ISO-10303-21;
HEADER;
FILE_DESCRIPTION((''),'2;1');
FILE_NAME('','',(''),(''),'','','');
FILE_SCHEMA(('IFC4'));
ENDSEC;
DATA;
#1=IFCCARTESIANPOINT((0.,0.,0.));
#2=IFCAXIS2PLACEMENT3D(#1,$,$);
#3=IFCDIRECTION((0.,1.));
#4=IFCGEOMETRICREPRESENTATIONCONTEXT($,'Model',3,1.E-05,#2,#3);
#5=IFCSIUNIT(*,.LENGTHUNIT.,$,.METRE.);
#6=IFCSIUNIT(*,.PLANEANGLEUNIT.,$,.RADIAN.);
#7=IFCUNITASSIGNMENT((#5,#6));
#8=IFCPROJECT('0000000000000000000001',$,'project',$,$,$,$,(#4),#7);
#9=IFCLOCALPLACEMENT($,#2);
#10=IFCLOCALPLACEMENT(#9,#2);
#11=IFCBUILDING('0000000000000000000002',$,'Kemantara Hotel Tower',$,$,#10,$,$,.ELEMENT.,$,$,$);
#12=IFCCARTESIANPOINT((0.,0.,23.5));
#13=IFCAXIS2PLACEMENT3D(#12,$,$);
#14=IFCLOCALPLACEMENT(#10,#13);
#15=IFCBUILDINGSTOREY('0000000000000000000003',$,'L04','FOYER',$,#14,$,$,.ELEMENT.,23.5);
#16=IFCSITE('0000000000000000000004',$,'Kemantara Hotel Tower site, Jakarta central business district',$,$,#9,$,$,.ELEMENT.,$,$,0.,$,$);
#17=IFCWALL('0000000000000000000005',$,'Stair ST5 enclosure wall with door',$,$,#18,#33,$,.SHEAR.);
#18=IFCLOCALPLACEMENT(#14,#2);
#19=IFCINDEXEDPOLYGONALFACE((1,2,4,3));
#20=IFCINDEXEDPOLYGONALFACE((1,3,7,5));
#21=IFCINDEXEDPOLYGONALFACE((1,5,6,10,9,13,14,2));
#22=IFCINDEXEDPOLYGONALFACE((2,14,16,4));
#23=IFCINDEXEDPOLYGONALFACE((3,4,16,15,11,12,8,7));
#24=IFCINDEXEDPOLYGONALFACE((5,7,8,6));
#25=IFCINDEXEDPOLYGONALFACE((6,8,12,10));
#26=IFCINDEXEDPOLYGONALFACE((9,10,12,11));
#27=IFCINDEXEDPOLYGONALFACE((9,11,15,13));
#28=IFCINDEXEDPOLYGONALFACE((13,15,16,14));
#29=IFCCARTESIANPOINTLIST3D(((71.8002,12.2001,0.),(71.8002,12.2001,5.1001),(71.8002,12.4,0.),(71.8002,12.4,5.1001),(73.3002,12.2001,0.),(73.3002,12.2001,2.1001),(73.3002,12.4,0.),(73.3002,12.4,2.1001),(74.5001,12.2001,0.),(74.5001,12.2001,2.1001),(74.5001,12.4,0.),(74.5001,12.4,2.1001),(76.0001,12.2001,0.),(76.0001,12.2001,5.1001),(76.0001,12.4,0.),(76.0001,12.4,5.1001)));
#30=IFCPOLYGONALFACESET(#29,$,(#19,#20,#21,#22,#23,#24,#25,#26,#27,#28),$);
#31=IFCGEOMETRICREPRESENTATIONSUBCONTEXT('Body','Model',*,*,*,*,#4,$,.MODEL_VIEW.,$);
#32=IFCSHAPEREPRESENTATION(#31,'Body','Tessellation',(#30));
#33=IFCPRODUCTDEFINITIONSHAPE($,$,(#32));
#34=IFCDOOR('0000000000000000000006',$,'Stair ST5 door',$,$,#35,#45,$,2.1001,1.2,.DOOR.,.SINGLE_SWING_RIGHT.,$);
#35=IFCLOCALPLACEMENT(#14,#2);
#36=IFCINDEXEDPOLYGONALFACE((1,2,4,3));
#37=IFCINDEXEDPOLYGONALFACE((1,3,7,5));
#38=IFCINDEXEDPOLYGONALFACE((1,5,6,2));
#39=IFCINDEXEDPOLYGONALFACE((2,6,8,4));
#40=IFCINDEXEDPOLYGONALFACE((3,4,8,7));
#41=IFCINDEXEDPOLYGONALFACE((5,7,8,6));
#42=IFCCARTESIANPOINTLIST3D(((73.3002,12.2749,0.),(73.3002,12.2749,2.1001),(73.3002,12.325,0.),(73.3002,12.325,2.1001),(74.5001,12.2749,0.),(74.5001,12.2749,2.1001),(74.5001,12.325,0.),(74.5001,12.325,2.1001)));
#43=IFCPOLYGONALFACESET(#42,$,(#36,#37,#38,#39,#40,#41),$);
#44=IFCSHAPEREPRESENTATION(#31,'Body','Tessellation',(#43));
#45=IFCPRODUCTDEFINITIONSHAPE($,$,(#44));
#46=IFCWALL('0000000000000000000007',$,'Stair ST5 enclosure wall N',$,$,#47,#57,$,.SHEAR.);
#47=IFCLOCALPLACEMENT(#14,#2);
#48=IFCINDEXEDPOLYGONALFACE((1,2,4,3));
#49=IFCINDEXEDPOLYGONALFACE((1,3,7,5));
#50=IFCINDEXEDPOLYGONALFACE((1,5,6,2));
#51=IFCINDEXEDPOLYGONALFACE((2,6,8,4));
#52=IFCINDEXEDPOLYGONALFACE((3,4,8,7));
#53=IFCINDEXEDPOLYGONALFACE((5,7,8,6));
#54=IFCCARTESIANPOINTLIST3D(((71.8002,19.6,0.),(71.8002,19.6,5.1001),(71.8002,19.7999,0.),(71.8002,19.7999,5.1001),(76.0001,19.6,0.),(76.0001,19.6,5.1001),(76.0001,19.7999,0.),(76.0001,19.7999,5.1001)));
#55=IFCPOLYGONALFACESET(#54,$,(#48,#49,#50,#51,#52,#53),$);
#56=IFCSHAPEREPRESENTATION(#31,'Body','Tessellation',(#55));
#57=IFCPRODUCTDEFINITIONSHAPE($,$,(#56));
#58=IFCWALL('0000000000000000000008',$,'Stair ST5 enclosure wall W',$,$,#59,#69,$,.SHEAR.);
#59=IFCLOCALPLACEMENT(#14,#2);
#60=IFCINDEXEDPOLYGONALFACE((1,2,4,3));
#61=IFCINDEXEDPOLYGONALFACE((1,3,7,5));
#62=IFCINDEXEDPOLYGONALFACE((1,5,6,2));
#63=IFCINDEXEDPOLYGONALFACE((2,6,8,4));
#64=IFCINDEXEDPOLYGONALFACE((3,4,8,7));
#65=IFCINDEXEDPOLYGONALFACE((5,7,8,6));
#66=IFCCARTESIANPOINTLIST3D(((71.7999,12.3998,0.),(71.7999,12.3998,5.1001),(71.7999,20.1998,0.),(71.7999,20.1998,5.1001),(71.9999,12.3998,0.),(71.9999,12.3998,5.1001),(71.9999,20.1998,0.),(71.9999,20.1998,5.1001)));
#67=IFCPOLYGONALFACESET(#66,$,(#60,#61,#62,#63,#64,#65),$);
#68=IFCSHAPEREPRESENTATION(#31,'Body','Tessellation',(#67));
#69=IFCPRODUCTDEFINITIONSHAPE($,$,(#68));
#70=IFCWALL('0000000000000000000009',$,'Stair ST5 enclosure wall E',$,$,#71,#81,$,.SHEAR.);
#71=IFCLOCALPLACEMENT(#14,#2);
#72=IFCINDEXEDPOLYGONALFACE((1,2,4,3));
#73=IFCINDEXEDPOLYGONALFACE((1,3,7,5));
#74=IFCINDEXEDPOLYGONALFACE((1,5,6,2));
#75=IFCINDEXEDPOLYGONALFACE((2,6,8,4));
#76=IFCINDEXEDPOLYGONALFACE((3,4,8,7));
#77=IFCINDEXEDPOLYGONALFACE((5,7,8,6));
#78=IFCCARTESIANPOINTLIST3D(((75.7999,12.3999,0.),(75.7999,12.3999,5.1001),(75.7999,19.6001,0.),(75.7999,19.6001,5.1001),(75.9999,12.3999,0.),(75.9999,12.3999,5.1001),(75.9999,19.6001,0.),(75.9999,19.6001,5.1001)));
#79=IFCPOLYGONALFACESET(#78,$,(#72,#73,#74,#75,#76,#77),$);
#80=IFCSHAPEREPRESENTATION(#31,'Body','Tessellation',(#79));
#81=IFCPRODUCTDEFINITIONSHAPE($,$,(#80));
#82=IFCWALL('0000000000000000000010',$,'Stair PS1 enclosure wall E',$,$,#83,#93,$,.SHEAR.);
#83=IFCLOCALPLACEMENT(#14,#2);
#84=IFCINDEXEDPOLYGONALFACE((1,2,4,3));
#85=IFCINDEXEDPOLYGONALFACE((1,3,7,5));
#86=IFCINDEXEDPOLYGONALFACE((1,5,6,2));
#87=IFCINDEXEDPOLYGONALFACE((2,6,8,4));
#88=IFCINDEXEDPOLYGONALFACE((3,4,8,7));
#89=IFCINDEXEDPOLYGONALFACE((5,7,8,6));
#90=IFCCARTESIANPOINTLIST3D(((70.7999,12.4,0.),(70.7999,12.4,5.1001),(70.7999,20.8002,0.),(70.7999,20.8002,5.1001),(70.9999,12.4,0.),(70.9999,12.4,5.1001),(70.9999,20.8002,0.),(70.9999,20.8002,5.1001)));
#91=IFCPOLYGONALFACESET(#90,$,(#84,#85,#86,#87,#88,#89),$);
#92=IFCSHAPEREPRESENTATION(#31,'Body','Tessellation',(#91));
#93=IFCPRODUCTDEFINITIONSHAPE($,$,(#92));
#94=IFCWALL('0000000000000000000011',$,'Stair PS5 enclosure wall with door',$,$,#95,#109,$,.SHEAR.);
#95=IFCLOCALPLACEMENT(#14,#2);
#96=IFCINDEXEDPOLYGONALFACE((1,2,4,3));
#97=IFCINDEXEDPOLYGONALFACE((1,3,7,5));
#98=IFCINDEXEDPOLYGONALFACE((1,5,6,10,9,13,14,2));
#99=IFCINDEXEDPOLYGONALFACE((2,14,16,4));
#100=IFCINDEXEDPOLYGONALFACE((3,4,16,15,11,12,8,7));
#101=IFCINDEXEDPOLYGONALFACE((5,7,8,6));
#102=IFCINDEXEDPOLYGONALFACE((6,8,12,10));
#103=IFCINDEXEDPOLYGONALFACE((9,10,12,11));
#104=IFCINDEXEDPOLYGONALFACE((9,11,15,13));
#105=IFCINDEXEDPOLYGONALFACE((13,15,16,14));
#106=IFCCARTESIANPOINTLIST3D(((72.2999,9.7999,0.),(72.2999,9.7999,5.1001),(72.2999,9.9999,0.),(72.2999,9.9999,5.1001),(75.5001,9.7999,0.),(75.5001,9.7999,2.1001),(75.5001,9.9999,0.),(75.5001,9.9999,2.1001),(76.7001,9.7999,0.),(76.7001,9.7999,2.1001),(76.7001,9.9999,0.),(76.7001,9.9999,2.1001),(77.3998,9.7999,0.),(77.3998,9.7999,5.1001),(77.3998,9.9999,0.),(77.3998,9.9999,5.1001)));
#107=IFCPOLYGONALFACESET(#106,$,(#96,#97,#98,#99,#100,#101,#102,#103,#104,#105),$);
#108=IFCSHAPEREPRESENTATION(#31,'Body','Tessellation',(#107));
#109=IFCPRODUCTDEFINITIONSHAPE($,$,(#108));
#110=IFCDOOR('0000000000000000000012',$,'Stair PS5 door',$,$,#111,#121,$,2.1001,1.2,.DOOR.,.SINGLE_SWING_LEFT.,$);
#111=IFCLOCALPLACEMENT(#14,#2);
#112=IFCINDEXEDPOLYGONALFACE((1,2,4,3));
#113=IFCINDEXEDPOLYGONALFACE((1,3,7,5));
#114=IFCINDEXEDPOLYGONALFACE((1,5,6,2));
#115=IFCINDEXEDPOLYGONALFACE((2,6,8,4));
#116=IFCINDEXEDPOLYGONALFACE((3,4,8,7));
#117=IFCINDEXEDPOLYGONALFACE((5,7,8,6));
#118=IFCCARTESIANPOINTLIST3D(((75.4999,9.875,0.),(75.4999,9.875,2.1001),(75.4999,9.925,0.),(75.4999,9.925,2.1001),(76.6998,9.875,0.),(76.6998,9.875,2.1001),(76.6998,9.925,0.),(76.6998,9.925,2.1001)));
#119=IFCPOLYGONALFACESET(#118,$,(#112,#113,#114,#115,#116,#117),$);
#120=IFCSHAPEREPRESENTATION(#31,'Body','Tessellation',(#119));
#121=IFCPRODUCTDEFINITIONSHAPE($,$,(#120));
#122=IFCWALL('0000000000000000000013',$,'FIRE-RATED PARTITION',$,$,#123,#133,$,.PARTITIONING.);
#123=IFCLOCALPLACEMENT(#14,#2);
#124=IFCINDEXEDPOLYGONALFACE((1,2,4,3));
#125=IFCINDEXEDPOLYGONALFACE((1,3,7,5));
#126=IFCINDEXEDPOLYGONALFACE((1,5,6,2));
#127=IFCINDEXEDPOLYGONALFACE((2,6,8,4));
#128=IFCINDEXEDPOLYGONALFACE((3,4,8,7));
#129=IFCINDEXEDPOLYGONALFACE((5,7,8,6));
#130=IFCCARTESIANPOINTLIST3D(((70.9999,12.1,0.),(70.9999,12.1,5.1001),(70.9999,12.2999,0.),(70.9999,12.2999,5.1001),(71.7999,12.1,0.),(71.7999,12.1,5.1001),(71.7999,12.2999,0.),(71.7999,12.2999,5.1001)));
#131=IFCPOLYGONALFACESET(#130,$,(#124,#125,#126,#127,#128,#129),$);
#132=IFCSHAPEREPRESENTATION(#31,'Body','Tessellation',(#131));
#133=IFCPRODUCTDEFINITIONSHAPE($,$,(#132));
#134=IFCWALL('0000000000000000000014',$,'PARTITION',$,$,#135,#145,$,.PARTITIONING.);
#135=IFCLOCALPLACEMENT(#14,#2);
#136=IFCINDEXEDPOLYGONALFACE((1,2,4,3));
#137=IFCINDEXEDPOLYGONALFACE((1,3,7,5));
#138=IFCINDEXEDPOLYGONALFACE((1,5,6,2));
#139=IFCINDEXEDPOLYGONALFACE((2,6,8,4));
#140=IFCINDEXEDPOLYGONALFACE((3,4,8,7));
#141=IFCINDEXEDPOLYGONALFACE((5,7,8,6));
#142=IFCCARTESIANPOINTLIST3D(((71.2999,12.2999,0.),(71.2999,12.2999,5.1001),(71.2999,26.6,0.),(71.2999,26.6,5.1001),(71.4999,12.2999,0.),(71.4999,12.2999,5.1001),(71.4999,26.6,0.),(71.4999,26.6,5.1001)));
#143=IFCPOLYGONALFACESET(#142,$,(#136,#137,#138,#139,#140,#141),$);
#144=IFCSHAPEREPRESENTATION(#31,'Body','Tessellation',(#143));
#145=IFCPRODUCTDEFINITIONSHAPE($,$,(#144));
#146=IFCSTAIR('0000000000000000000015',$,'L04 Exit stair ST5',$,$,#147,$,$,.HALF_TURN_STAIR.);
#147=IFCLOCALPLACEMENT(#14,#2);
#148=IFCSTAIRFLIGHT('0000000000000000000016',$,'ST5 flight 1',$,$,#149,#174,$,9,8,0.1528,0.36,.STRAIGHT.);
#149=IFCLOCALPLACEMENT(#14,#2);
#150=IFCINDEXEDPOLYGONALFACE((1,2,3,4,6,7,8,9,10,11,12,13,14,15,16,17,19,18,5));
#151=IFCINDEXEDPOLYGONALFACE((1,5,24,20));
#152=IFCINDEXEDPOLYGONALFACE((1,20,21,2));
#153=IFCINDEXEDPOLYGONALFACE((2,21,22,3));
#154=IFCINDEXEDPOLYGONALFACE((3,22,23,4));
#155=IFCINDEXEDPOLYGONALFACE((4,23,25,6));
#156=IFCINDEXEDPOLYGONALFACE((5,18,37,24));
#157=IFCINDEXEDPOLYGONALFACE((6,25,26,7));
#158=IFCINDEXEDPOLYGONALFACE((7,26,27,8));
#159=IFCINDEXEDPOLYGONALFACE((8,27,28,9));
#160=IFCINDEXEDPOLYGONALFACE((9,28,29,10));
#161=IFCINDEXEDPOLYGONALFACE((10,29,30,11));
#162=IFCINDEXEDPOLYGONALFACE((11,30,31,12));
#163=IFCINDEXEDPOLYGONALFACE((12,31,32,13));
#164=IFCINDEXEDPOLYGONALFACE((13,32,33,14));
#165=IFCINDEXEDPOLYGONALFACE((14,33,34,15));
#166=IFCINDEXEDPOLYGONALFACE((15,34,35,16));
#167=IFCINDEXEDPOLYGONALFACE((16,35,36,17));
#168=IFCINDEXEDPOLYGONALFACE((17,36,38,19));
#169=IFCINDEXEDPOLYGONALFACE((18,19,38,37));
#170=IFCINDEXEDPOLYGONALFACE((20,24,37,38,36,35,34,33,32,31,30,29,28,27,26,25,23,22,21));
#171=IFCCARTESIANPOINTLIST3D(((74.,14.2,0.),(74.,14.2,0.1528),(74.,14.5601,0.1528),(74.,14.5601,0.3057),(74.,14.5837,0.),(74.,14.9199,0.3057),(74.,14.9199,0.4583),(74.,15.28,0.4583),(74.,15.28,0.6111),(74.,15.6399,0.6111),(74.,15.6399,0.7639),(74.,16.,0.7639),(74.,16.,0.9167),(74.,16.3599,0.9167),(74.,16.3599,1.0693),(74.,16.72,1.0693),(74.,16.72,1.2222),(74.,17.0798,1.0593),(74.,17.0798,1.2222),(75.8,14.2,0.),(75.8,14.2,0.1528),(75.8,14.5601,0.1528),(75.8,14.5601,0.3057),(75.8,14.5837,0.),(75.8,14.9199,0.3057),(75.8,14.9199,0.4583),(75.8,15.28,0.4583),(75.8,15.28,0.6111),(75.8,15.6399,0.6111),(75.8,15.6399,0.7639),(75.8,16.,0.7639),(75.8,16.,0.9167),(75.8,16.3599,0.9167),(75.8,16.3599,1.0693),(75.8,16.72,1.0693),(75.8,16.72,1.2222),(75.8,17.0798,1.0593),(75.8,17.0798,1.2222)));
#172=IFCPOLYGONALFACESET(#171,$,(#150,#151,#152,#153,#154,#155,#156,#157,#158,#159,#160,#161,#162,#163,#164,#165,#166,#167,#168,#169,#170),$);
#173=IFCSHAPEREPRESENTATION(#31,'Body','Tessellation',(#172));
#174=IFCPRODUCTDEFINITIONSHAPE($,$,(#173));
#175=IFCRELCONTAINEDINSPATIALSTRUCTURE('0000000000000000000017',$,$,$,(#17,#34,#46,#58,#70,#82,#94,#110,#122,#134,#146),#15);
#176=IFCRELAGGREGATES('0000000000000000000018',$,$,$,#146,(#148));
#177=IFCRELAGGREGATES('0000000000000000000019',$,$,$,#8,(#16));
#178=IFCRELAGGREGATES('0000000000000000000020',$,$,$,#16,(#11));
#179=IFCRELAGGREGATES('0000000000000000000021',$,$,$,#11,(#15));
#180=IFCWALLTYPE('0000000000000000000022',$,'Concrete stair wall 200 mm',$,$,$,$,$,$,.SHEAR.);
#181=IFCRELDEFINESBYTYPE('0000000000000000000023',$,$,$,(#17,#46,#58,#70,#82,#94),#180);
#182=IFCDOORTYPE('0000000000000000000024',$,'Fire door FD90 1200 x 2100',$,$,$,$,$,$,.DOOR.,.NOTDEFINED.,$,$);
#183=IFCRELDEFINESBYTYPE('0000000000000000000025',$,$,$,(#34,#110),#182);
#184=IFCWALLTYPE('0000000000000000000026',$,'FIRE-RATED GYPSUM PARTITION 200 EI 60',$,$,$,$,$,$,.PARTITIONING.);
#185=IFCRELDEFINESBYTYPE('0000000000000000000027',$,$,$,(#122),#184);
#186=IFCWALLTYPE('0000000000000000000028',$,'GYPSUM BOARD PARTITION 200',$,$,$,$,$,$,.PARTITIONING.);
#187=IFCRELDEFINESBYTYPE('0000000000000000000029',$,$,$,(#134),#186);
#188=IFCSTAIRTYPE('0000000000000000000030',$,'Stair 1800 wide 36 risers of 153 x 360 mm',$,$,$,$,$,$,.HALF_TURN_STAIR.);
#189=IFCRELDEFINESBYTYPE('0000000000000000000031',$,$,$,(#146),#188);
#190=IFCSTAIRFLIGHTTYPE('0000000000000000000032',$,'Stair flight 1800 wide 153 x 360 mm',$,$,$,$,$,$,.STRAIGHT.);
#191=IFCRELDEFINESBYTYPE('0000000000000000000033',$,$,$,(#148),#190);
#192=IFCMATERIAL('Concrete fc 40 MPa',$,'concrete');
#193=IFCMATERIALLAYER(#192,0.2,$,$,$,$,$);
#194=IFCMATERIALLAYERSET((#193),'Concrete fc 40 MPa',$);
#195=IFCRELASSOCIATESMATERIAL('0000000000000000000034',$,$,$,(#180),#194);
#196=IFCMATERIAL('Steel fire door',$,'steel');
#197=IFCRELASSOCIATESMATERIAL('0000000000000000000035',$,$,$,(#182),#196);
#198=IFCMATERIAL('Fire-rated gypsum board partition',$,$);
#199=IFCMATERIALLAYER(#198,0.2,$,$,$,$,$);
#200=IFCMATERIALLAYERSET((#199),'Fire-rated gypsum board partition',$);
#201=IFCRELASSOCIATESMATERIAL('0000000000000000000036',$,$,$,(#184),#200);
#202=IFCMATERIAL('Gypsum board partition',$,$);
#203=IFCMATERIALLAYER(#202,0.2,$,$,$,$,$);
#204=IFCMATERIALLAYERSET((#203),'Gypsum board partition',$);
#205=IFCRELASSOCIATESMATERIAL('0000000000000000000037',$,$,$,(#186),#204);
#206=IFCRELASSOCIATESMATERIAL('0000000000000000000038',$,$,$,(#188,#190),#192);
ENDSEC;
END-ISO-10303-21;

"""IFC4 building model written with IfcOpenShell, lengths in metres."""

from ifc_helpers import new_model, si_unit, direction, frame, frame_2d, origin, place, context, subcontext, project, spatial, polyline, rectangle, outline, extrude, material, layer, layer_set, type_object, element, fill, aggregate, save


model = new_model("IFC4")

# Units and contexts
model_context = context("Model", 3, precision=1e-05, world=origin(), true_north=direction((0.0, 1.0)))
body_context = subcontext(model_context, "Body", "Model", "MODEL_VIEW")
ifc_project = project(units=[si_unit("LENGTHUNIT", "METRE"), si_unit("PLANEANGLEUNIT", "RADIAN")], contexts=[model_context])

# Site, building, storey
site_placement = place(None, origin())
site = spatial("IfcSite", under=ifc_project, at=site_placement, Name="Kemantara Hotel Tower site, Jakarta central business district", CompositionType="ELEMENT", RefElevation=0.0)
building_placement = place(site_placement, origin())
building = spatial("IfcBuilding", under=site, at=building_placement, Name="Kemantara Hotel Tower", CompositionType="ELEMENT")
storey_placement = place(building_placement, frame((0.0, 0.0, 23.5)))
storey = spatial("IfcBuildingStorey", under=building, at=storey_placement, Name="L04", Description="FOYER", CompositionType="ELEMENT", Elevation=23.5)

# Wall, opening, door
ifc_material_1 = material(Name="Concrete fc 40 MPa", Category="concrete")
ifc_layer_1 = layer(ifc_material_1, 0.2)
ifc_layer_set_1 = layer_set([ifc_layer_1], Name="Concrete fc 40 MPa")
wall_type_1 = type_object("IfcWallType", Name="Concrete stair wall 200 mm", PredefinedType="SHEAR", material=ifc_layer_set_1)
wall_1_placement = place(storey_placement, frame((71.8, 12.3, 0.0), z_axis=(0.0, 0.0, 1.0), x_axis=(1.0, 0.0, 0.0)))
wall_1 = element("IfcWall", 1, at=wall_1_placement, inside=storey, type_object=wall_type_1, Name="Stair ST5 enclosure wall with door", PredefinedType="SHEAR", context=body_context, shape_type="SweptSolid", body=[
    extrude(rectangle(XDim=4.2, YDim=0.2, at=frame_2d((2.1001, 0.0))), origin(), (0.0, 0.0, 1.0), 5.1001),
])
opening_1_placement = place(wall_1_placement, frame((1.5, 0.0, 0.0)))
opening_1 = element("IfcOpeningElement", 2, at=opening_1_placement, cuts=wall_1, PredefinedType="OPENING", context=body_context, shape_type="SweptSolid", body=[
    extrude(rectangle(XDim=1.2, YDim=2.1001, at=frame_2d((0.6001, 1.05))), frame((0.0, 0.1099, 0.0), z_axis=(0.0, -1.0, 0.0), x_axis=(1.0, 0.0, 0.0)), (0.0, 0.0, 1.0), 0.22),
])
ifc_material_2 = material(Name="Steel fire door", Category="steel")
door_type_1 = type_object("IfcDoorType", Name="Fire door FD90 1200 x 2100", OperationType="NOTDEFINED", PredefinedType="DOOR", material=ifc_material_2)
door_1_placement = place(opening_1_placement, origin())
door_1 = element("IfcDoor", 3, at=door_1_placement, inside=storey, type_object=door_type_1, Name="Stair ST5 door", OperationType="SINGLE_SWING_RIGHT", OverallHeight=2.1001, OverallWidth=1.2, PredefinedType="DOOR", context=body_context, shape_type="SweptSolid", body=[
    extrude(rectangle(XDim=1.2, YDim=2.1001, at=frame_2d((0.6001, 1.05))), frame((0.0, 0.0249, 0.0), z_axis=(0.0, -1.0, 0.0), x_axis=(1.0, 0.0, 0.0)), (0.0, 0.0, 1.0), 0.05),
])
fill(opening_1, door_1)

# Walls
wall_2_placement = place(storey_placement, frame((71.8, 19.7, 0.0), z_axis=(0.0, 0.0, 1.0), x_axis=(1.0, 0.0, 0.0)))
element("IfcWall", 4, at=wall_2_placement, inside=storey, type_object=wall_type_1, Name="Stair ST5 enclosure wall N", PredefinedType="SHEAR", context=body_context, shape_type="SweptSolid", body=[
    extrude(rectangle(XDim=4.2, YDim=0.2, at=frame_2d((2.1001, 0.0))), origin(), (0.0, 0.0, 1.0), 5.1001),
])
wall_3_placement = place(storey_placement, frame((71.8999, 12.3999, 0.0), z_axis=(0.0, 0.0, 1.0), x_axis=(0.0, 1.0, 0.0)))
element("IfcWall", 5, at=wall_3_placement, inside=storey, type_object=wall_type_1, Name="Stair ST5 enclosure wall W", PredefinedType="SHEAR", context=body_context, shape_type="SweptSolid", body=[
    extrude(rectangle(XDim=7.8, YDim=0.2, at=frame_2d((3.8999, 0.0))), origin(), (0.0, 0.0, 1.0), 5.1001),
])
wall_4_placement = place(storey_placement, frame((75.8999, 12.3999, 0.0), z_axis=(0.0, 0.0, 1.0), x_axis=(0.0, 1.0, 0.0)))
element("IfcWall", 6, at=wall_4_placement, inside=storey, type_object=wall_type_1, Name="Stair ST5 enclosure wall E", PredefinedType="SHEAR", context=body_context, shape_type="SweptSolid", body=[
    extrude(rectangle(XDim=7.2002, YDim=0.2, at=frame_2d((3.6001, 0.0))), origin(), (0.0, 0.0, 1.0), 5.1001),
])
wall_5_placement = place(storey_placement, frame((70.8999, 12.3999, 0.0), z_axis=(0.0, 0.0, 1.0), x_axis=(0.0, 1.0, 0.0)))
element("IfcWall", 7, at=wall_5_placement, inside=storey, type_object=wall_type_1, Name="Stair PS1 enclosure wall E", PredefinedType="SHEAR", context=body_context, shape_type="SweptSolid", body=[
    extrude(rectangle(XDim=8.4001, YDim=0.2, at=frame_2d((4.2002, 0.0))), origin(), (0.0, 0.0, 1.0), 5.1001),
])

# Wall, opening, door
wall_6_placement = place(storey_placement, frame((72.3, 9.8999, 0.0), z_axis=(0.0, 0.0, 1.0), x_axis=(1.0, 0.0, 0.0)))
wall_6 = element("IfcWall", 8, at=wall_6_placement, inside=storey, type_object=wall_type_1, Name="Stair PS5 enclosure wall with door", PredefinedType="SHEAR", context=body_context, shape_type="SweptSolid", body=[
    extrude(rectangle(XDim=5.0999, YDim=0.2, at=frame_2d((2.5498, 0.0))), origin(), (0.0, 0.0, 1.0), 5.1001),
])
opening_2_placement = place(wall_6_placement, frame((3.2, 0.0, 0.0)))
opening_2 = element("IfcOpeningElement", 9, at=opening_2_placement, cuts=wall_6, PredefinedType="OPENING", context=body_context, shape_type="SweptSolid", body=[
    extrude(rectangle(XDim=1.2, YDim=2.1001, at=frame_2d((0.6001, 1.05))), frame((0.0, 0.1099, 0.0), z_axis=(0.0, -1.0, 0.0), x_axis=(1.0, 0.0, 0.0)), (0.0, 0.0, 1.0), 0.22),
])
door_2_placement = place(opening_2_placement, frame((1.2, 0.0, 0.0), z_axis=(0.0, 0.0, 1.0), x_axis=(-1.0, 0.0, 0.0)))
door_2 = element("IfcDoor", 10, at=door_2_placement, inside=storey, type_object=door_type_1, Name="Stair PS5 door", OperationType="SINGLE_SWING_LEFT", OverallHeight=2.1001, OverallWidth=1.2, PredefinedType="DOOR", context=body_context, shape_type="SweptSolid", body=[
    extrude(rectangle(XDim=1.2, YDim=2.1001, at=frame_2d((0.6001, 1.05))), frame((0.0, 0.0249, 0.0), z_axis=(0.0, -1.0, 0.0), x_axis=(1.0, 0.0, 0.0)), (0.0, 0.0, 1.0), 0.05),
])
fill(opening_2, door_2)

# Wall
ifc_material_3 = material(Name="Fire-rated gypsum board partition")
ifc_layer_2 = layer(ifc_material_3, 0.2)
ifc_layer_set_2 = layer_set([ifc_layer_2], Name="Fire-rated gypsum board partition")
wall_type_2 = type_object("IfcWallType", Name="FIRE-RATED GYPSUM PARTITION 200 EI 60", PredefinedType="PARTITIONING", material=ifc_layer_set_2)
wall_7_placement = place(storey_placement, frame((71.0, 12.2, 0.0), z_axis=(0.0, 0.0, 1.0), x_axis=(1.0, 0.0, 0.0)))
element("IfcWall", 11, at=wall_7_placement, inside=storey, type_object=wall_type_2, Name="FIRE-RATED PARTITION", PredefinedType="PARTITIONING", context=body_context, shape_type="SweptSolid", body=[
    extrude(rectangle(XDim=0.8, YDim=0.2, at=frame_2d((0.3999, 0.0))), origin(), (0.0, 0.0, 1.0), 5.1001),
])

# Wall
ifc_material_4 = material(Name="Gypsum board partition")
ifc_layer_3 = layer(ifc_material_4, 0.2)
ifc_layer_set_3 = layer_set([ifc_layer_3], Name="Gypsum board partition")
wall_type_3 = type_object("IfcWallType", Name="GYPSUM BOARD PARTITION 200", PredefinedType="PARTITIONING", material=ifc_layer_set_3)
wall_8_placement = place(storey_placement, frame((71.3999, 12.3, 0.0), z_axis=(0.0, 0.0, 1.0), x_axis=(0.0, 1.0, 0.0)))
element("IfcWall", 12, at=wall_8_placement, inside=storey, type_object=wall_type_3, Name="PARTITION", PredefinedType="PARTITIONING", context=body_context, shape_type="SweptSolid", body=[
    extrude(rectangle(XDim=14.3, YDim=0.2, at=frame_2d((7.1499, 0.0))), origin(), (0.0, 0.0, 1.0), 5.1001),
])

# Stair, stair flight
stair_type = type_object("IfcStairType", Name="Stair 1800 wide 36 risers of 153 x 360 mm", PredefinedType="HALF_TURN_STAIR", material=ifc_material_1)
stair_1_placement = place(storey_placement, origin())
stair_1 = element("IfcStair", 13, at=stair_1_placement, inside=storey, type_object=stair_type, Name="L04 Exit stair ST5", PredefinedType="HALF_TURN_STAIR")
stair_flight_type = type_object("IfcStairFlightType", Name="Stair flight 1800 wide 153 x 360 mm", PredefinedType="STRAIGHT", material=ifc_material_1)
stair_flight_1_placement = place(storey_placement, frame((74.8999, 14.2, 0.0), z_axis=(0.0, 0.0, 1.0), x_axis=(0.0, 1.0, 0.0)))
stair_flight_1 = element("IfcStairFlight", 14, at=stair_flight_1_placement, type_object=stair_flight_type, Name="ST5 flight 1", NumberOfRisers=9, NumberOfTreads=8, PredefinedType="STRAIGHT", RiserHeight=0.1528, TreadLength=0.36, context=body_context, shape_type="SweptSolid", body=[
    extrude(outline(polyline([(0.0, 0.0), (0.0, 0.1528), (0.3601, 0.1528), (0.3601, 0.3057), (0.72, 0.3057), (0.72, 0.4583), (1.0801, 0.4583), (1.0801, 0.6111), (1.4399, 0.6111), (1.4399, 0.7639), (1.8, 0.7639), (1.8, 0.9167), (2.1599, 0.9167), (2.1599, 1.0693), (2.52, 1.0693), (2.52, 1.2222), (2.8799, 1.2222), (2.8799, 1.375), (2.8799, 1.0593), (0.3838, 0.0), (0.0, 0.0)])), frame((0.0, 0.8999, 0.0), z_axis=(0.0, -1.0, 0.0), x_axis=(1.0, 0.0, 0.0)), (0.0, 0.0, 1.0), 1.8),
])
aggregate(stair_1, [stair_flight_1])

save(model, "model.ifc")
